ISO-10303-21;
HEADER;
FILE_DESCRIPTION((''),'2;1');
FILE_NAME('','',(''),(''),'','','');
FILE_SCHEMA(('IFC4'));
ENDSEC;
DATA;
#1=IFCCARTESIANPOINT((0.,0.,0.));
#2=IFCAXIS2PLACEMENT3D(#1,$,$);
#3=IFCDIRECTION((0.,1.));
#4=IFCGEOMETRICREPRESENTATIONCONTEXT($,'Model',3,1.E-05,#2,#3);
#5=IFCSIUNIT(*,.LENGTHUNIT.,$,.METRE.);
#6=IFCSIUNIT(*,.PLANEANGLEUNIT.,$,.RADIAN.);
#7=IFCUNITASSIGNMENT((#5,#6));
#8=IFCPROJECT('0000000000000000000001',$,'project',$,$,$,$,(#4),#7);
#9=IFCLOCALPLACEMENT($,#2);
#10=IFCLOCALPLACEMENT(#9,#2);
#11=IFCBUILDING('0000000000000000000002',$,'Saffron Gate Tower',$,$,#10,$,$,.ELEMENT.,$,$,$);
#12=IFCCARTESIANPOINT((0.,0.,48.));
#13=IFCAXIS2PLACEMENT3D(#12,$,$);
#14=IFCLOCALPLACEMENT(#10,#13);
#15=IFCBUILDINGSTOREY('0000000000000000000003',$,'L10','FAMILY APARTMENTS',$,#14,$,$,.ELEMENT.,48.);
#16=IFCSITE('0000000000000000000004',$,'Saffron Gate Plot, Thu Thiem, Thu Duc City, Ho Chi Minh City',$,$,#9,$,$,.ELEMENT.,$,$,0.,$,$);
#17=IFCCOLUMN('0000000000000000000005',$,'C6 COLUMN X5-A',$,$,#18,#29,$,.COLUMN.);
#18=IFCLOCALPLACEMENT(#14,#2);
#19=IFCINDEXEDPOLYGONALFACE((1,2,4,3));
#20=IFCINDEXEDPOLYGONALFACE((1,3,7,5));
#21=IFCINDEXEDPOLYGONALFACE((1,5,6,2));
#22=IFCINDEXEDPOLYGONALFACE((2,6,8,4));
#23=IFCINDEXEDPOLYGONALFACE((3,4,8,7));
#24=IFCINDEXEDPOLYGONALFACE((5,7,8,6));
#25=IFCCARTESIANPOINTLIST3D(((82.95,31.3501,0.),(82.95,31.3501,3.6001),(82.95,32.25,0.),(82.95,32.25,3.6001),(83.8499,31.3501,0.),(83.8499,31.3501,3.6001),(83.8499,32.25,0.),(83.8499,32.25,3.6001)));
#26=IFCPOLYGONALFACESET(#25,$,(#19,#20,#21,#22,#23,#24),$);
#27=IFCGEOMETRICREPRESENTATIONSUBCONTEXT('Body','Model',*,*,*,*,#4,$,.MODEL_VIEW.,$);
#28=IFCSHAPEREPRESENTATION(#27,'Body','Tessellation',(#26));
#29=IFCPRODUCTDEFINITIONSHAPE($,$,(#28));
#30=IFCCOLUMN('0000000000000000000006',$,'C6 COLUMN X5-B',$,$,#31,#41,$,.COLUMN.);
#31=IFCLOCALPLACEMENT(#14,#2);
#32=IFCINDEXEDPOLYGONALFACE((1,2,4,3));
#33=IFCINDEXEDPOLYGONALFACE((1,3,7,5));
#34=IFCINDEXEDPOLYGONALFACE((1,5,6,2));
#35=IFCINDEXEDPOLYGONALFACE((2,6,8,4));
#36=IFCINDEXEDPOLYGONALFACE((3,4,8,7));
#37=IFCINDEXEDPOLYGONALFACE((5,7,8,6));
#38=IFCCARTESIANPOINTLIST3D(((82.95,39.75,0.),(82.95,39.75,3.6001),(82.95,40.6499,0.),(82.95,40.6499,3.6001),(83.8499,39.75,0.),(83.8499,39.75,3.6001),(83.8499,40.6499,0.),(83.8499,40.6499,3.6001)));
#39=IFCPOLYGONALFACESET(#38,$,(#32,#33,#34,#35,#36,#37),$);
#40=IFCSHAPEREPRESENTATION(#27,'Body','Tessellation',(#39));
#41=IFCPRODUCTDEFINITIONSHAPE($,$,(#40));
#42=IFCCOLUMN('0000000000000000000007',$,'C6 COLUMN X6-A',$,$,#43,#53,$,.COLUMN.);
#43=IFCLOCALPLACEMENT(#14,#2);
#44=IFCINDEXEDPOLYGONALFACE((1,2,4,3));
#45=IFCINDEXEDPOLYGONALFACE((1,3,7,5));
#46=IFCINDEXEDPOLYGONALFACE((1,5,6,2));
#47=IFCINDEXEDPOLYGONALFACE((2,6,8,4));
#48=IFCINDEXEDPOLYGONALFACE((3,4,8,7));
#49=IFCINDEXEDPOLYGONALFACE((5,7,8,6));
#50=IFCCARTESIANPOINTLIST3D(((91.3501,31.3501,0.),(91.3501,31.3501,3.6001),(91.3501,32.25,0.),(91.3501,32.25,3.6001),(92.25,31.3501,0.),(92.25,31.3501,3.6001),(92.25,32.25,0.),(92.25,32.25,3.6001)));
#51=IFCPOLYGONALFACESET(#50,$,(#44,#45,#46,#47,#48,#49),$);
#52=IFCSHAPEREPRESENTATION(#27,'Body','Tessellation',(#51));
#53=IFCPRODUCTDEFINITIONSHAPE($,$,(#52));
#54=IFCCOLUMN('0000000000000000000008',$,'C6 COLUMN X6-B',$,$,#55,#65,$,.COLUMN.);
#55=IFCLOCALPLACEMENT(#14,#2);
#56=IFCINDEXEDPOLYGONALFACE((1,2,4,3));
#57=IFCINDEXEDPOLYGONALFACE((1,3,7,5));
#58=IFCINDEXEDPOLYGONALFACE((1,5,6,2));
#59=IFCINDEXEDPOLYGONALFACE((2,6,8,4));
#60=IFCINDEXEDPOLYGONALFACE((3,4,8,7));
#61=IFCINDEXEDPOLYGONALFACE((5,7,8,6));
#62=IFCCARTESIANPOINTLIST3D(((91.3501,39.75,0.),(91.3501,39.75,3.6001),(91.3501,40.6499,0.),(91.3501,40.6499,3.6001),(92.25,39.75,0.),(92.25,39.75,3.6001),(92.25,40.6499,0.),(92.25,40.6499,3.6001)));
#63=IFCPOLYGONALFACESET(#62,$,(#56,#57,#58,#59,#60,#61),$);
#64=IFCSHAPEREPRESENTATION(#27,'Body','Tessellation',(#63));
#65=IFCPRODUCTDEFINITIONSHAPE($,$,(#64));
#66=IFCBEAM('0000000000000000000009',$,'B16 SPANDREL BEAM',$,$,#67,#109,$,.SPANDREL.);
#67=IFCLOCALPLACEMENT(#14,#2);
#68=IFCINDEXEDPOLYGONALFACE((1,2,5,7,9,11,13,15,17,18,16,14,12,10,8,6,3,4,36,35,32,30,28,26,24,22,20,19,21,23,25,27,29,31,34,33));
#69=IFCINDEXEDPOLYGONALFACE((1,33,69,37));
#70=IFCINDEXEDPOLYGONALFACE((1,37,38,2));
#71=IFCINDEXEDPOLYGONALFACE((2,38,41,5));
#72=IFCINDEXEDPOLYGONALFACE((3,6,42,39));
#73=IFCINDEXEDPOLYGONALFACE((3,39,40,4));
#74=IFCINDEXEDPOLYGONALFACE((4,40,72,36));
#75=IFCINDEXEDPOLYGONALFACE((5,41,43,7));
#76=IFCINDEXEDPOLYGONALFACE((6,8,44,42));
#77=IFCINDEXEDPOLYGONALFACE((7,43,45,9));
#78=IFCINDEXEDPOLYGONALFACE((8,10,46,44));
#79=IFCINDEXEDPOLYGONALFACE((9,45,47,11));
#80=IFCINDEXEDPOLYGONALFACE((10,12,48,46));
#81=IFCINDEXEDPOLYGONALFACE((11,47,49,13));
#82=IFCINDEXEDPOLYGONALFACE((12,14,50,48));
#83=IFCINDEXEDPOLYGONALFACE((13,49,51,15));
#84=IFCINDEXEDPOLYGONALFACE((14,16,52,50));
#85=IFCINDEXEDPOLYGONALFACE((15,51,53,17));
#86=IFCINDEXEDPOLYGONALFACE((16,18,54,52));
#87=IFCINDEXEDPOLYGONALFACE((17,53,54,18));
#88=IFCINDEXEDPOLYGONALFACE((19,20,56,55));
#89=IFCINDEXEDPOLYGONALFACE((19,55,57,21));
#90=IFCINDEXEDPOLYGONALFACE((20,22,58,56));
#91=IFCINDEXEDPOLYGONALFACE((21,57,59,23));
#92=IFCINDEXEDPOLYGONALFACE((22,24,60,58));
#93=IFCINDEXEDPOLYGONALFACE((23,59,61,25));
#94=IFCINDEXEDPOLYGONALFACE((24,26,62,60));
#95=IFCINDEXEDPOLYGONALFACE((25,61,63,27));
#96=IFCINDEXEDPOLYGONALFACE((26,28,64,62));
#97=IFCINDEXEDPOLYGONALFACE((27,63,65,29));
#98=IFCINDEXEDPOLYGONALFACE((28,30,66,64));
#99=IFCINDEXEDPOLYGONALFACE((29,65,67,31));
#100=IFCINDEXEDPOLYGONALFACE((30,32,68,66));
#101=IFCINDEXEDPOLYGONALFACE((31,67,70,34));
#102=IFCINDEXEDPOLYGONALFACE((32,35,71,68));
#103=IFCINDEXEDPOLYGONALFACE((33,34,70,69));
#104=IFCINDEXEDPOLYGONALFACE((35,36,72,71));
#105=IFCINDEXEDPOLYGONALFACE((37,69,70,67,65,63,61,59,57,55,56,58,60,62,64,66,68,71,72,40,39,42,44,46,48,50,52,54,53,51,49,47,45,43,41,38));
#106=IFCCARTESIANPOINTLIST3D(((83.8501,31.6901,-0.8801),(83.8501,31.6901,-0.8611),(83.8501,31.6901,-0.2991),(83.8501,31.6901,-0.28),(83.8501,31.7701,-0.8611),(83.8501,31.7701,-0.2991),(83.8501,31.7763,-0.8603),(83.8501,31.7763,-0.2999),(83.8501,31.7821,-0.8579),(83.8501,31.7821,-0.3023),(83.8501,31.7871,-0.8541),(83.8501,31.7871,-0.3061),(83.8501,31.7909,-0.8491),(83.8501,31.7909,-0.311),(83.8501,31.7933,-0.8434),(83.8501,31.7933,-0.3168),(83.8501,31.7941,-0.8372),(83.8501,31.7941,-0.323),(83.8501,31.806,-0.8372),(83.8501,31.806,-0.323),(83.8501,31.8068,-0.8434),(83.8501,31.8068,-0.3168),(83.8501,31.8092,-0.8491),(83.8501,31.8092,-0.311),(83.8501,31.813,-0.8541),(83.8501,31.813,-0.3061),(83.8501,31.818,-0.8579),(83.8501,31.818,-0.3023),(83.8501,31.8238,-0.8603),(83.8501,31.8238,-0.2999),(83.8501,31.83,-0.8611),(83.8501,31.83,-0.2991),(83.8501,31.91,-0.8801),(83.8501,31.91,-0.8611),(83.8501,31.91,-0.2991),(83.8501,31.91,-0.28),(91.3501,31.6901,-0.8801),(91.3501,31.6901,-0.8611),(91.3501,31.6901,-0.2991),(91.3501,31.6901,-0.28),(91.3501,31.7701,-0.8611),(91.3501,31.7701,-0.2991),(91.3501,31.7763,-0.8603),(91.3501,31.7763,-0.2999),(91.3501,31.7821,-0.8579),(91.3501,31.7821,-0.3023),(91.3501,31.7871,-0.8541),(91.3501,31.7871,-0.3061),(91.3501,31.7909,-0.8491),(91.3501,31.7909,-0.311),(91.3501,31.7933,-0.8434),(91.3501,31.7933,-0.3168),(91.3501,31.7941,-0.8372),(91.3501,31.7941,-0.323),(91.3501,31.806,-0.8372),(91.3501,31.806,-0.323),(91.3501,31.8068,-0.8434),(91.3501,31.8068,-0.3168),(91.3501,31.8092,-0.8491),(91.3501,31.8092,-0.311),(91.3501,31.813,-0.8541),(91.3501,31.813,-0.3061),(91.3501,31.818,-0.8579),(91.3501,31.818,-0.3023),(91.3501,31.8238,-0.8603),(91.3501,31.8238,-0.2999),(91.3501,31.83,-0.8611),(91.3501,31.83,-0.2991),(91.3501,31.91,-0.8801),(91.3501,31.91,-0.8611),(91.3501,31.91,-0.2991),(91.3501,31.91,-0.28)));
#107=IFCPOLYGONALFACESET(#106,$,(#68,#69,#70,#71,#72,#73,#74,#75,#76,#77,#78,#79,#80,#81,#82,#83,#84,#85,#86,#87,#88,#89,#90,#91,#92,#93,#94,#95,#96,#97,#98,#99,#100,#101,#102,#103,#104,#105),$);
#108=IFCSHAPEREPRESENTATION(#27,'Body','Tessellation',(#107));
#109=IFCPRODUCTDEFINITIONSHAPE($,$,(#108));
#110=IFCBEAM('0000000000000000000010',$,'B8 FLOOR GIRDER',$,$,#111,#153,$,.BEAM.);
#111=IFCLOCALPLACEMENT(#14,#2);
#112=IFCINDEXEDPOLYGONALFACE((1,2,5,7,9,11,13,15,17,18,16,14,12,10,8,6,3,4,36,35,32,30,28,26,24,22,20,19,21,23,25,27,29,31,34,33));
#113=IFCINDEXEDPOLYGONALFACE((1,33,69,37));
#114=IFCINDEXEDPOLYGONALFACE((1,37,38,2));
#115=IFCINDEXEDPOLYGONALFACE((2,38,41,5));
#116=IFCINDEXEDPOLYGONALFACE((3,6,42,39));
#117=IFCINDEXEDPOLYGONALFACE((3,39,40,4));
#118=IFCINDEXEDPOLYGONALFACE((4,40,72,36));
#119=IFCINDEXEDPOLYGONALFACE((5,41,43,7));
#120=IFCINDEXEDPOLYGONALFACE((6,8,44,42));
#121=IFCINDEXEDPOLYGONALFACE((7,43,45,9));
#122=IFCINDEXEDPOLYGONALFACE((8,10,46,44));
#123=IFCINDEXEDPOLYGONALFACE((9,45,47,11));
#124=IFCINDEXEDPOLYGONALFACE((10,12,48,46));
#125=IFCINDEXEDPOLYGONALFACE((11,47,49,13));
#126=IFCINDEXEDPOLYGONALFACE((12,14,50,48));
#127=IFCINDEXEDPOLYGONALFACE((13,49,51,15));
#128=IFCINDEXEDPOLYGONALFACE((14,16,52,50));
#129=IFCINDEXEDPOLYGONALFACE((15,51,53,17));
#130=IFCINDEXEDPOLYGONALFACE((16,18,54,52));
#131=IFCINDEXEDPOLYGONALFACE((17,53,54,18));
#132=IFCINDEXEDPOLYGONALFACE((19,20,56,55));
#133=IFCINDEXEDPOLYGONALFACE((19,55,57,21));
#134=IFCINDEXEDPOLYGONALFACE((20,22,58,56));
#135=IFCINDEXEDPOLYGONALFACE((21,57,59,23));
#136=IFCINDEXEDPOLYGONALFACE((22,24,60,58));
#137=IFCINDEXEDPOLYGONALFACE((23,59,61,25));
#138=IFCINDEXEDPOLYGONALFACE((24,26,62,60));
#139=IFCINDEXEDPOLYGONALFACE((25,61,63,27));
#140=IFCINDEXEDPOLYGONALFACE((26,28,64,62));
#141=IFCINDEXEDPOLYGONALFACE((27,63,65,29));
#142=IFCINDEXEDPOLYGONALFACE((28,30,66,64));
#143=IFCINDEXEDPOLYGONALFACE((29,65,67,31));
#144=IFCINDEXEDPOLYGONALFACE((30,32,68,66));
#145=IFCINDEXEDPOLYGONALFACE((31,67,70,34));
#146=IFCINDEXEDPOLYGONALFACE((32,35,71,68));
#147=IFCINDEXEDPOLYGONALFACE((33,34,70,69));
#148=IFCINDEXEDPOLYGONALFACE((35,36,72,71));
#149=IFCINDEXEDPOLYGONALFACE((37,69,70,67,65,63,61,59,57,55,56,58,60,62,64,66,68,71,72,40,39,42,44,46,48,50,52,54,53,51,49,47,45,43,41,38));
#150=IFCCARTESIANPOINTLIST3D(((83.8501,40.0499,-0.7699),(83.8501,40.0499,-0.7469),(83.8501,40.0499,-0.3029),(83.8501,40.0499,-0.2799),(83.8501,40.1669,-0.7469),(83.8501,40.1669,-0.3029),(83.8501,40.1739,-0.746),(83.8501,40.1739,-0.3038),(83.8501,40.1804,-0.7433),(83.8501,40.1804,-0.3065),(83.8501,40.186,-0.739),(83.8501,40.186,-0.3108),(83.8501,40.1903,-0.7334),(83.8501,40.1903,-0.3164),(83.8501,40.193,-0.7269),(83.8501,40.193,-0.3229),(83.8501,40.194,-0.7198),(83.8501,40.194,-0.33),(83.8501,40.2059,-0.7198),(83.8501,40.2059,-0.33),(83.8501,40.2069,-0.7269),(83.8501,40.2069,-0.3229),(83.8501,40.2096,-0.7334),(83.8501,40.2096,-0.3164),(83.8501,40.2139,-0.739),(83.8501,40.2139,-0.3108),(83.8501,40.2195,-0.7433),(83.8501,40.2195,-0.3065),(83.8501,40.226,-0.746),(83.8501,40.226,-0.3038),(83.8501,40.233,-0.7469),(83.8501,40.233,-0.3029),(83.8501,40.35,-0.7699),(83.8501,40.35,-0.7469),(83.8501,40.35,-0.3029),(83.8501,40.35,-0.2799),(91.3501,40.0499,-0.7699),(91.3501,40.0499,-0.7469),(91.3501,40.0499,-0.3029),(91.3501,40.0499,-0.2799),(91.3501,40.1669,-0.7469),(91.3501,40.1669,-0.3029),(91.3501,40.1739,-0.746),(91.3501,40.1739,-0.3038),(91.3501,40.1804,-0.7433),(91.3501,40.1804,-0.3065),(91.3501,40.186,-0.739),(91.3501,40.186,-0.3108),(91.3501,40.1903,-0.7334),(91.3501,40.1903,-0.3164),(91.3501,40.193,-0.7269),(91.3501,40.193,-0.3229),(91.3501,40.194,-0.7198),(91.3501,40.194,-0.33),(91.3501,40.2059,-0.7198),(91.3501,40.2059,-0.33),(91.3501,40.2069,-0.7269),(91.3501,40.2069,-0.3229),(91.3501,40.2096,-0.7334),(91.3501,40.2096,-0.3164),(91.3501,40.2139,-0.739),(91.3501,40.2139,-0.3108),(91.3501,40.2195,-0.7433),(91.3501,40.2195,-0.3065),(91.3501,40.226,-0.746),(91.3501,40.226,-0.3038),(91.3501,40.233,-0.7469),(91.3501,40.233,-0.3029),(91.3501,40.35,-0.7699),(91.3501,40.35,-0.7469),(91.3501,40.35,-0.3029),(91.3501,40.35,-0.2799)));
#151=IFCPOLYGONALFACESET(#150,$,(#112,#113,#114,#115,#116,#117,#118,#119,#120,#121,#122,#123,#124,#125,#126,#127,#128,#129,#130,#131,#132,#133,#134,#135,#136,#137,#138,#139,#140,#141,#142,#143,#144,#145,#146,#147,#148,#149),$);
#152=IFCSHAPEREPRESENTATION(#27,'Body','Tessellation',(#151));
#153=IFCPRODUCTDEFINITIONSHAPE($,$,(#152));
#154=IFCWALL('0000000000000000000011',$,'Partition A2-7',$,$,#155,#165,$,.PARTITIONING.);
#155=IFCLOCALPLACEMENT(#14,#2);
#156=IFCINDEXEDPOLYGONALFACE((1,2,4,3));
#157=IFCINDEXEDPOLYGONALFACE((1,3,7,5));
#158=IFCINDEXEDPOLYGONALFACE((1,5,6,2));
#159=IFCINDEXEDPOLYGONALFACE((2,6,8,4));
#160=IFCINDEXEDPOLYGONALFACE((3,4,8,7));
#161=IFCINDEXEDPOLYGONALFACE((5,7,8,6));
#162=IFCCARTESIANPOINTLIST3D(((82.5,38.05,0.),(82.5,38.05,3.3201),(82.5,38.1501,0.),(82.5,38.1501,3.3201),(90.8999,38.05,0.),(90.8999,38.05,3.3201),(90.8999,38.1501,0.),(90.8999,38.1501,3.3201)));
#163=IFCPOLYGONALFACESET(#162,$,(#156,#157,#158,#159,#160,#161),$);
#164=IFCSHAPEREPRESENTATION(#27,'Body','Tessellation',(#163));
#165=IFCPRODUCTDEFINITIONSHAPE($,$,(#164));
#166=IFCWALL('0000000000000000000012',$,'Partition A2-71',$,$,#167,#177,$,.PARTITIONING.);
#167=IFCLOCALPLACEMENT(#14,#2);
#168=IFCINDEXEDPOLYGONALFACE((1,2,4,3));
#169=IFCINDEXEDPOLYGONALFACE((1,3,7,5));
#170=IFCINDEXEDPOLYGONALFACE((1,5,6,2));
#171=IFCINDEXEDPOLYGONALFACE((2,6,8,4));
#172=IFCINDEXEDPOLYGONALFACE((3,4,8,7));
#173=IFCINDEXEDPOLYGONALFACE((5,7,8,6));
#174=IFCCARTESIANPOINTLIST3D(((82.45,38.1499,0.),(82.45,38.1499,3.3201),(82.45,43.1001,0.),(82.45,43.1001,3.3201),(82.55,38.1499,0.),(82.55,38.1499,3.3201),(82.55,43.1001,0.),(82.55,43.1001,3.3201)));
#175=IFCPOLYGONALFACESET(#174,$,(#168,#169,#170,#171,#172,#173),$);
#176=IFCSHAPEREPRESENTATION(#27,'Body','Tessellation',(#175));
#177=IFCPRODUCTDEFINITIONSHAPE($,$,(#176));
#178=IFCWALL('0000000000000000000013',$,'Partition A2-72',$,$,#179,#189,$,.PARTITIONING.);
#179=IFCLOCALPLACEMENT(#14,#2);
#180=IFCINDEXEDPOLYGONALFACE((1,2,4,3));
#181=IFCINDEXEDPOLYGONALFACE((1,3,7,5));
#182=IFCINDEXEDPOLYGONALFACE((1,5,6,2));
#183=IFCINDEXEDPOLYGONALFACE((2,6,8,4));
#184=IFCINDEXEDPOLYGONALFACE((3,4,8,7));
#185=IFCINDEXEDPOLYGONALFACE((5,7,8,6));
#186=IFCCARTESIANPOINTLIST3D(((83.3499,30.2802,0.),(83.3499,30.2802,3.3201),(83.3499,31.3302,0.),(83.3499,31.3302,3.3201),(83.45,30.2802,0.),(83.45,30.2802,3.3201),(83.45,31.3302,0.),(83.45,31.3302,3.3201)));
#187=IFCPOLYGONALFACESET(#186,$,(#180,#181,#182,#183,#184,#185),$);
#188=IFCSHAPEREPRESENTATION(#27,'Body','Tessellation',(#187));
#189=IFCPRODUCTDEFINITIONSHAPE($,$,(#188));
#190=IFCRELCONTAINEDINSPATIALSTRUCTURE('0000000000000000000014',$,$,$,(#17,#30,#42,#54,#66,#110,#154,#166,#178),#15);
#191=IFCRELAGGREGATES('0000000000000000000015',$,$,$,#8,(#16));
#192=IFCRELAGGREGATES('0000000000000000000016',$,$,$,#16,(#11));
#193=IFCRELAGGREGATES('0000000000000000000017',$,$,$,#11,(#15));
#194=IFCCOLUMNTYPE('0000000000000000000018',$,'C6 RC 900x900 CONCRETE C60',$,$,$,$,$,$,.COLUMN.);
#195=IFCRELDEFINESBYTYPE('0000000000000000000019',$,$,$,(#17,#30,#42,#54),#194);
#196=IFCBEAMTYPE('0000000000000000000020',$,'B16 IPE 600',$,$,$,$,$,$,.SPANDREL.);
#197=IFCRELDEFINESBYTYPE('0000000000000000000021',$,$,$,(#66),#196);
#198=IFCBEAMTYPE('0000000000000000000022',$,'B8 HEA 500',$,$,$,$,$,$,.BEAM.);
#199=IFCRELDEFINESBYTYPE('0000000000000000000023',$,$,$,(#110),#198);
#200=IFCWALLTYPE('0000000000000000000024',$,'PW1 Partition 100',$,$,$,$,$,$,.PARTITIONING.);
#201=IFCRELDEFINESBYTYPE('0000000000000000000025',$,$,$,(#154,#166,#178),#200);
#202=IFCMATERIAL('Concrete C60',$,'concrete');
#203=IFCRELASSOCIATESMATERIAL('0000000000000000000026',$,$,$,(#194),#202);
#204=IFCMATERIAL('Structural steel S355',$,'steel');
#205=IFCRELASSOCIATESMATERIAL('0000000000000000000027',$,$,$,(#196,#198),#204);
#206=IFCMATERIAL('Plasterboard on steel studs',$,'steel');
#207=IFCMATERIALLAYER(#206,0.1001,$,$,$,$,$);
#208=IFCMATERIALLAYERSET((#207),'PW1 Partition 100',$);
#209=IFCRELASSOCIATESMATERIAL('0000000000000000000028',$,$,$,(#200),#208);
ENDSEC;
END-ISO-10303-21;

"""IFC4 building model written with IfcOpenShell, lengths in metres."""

from ifc_helpers import new_model, si_unit, direction, frame, frame_2d, origin, origin_2d, place, context, subcontext, project, spatial, rectangle, i_section, extrude, material, layer, layer_set, material_profile, profile_set, type_object, element, save


model = new_model("IFC4")

# Units and contexts
model_context = context("Model", 3, precision=1e-05, world=origin(), true_north=direction((0.0, 1.0)))
body_context = subcontext(model_context, "Body", "Model", "MODEL_VIEW")
ifc_project = project(units=[si_unit("LENGTHUNIT", "METRE"), si_unit("PLANEANGLEUNIT", "RADIAN")], contexts=[model_context])

# Site, building, storey
site_placement = place(None, origin())
site = spatial("IfcSite", under=ifc_project, at=site_placement, Name="Saffron Gate Plot, Thu Thiem, Thu Duc City, Ho Chi Minh City", CompositionType="ELEMENT", RefElevation=0.0)
building_placement = place(site_placement, origin())
building = spatial("IfcBuilding", under=site, at=building_placement, Name="Saffron Gate Tower", CompositionType="ELEMENT")
storey_placement = place(building_placement, frame((0.0, 0.0, 48.0)))
storey = spatial("IfcBuildingStorey", under=building, at=storey_placement, Name="L10", Description="FAMILY APARTMENTS", CompositionType="ELEMENT", Elevation=48.0)

# Columns
ifc_material_1 = material(Name="Concrete C60", Category="concrete")
ifc_material_profile_1 = material_profile(ifc_material_1, rectangle(XDim=0.8999, YDim=0.8999, at=origin_2d()))
ifc_profile_set_1 = profile_set([ifc_material_profile_1], Name="Concrete C60")
column_type = type_object("IfcColumnType", Name="C6 RC 900x900 CONCRETE C60", PredefinedType="COLUMN", material=ifc_profile_set_1)
for number, where, z_axis, x_axis, name in (
    (1, (83.3999, 31.8, 0.0), (0.0, 0.0, 1.0), (1.0, 0.0, 0.0), "C6 COLUMN X5-A"),
    (2, (83.3999, 40.2, 0.0), (0.0, 0.0, 1.0), (1.0, 0.0, 0.0), "C6 COLUMN X5-B"),
    (3, (91.8, 31.8, 0.0), (0.0, 0.0, 1.0), (1.0, 0.0, 0.0), "C6 COLUMN X6-A"),
    (4, (91.8, 40.2, 0.0), (0.0, 0.0, 1.0), (1.0, 0.0, 0.0), "C6 COLUMN X6-B"),
):
    element("IfcColumn", number, at=place(storey_placement, frame(where, z_axis=z_axis, x_axis=x_axis)), inside=storey, type_object=column_type, Name=name, PredefinedType="COLUMN", context=body_context, shape_type="SweptSolid", body=[
        extrude(rectangle(XDim=0.8999, YDim=0.8999, at=origin_2d()), origin(), (0.0, 0.0, 1.0), 3.6001),
    ])

# Beams
ifc_material_2 = material(Name="Structural steel S355", Category="steel")
ifc_material_profile_2 = material_profile(ifc_material_2, i_section(OverallWidth=0.22, OverallDepth=0.6001, WebThickness=0.012, FlangeThickness=0.019, FilletRadius=0.0239, at=origin_2d()))
ifc_profile_set_2 = profile_set([ifc_material_profile_2], Name="Structural steel S355")
beam_type_1 = type_object("IfcBeamType", Name="B16 IPE 600", PredefinedType="SPANDREL", material=ifc_profile_set_2)
beam_1_placement = place(storey_placement, frame((83.8501, 31.8, -0.5801), z_axis=(1.0, 0.0, 0.0), x_axis=(0.0, 1.0, 0.0)))
element("IfcBeam", 5, at=beam_1_placement, inside=storey, type_object=beam_type_1, Name="B16 SPANDREL BEAM", PredefinedType="SPANDREL", context=body_context, shape_type="SweptSolid", body=[
    extrude(i_section(OverallWidth=0.22, OverallDepth=0.6001, WebThickness=0.012, FlangeThickness=0.019, FilletRadius=0.0239, at=origin_2d()), origin(), (0.0, 0.0, 1.0), 7.5),
])
ifc_material_profile_3 = material_profile(ifc_material_2, i_section(OverallWidth=0.3, OverallDepth=0.49, WebThickness=0.012, FlangeThickness=0.0229, FilletRadius=0.0271, at=origin_2d()))
ifc_profile_set_3 = profile_set([ifc_material_profile_3], Name="Structural steel S355")
beam_type_2 = type_object("IfcBeamType", Name="B8 HEA 500", PredefinedType="BEAM", material=ifc_profile_set_3)
beam_2_placement = place(storey_placement, frame((83.8501, 40.2, -0.5249), z_axis=(1.0, 0.0, 0.0), x_axis=(0.0, 1.0, 0.0)))
element("IfcBeam", 6, at=beam_2_placement, inside=storey, type_object=beam_type_2, Name="B8 FLOOR GIRDER", PredefinedType="BEAM", context=body_context, shape_type="SweptSolid", body=[
    extrude(i_section(OverallWidth=0.3, OverallDepth=0.49, WebThickness=0.012, FlangeThickness=0.0229, FilletRadius=0.0271, at=origin_2d()), origin(), (0.0, 0.0, 1.0), 7.5),
])

# Walls
ifc_material_3 = material(Name="Plasterboard on steel studs", Category="steel")
ifc_layer = layer(ifc_material_3, 0.1001)
ifc_layer_set = layer_set([ifc_layer], Name="PW1 Partition 100")
wall_type = type_object("IfcWallType", Name="PW1 Partition 100", PredefinedType="PARTITIONING", material=ifc_layer_set)
wall_1_placement = place(storey_placement, frame((82.5, 38.1001, 0.0), z_axis=(0.0, 0.0, 1.0), x_axis=(1.0, 0.0, 0.0)))
element("IfcWall", 7, at=wall_1_placement, inside=storey, type_object=wall_type, Name="Partition A2-7", PredefinedType="PARTITIONING", context=body_context, shape_type="SweptSolid", body=[
    extrude(rectangle(XDim=8.3999, YDim=0.1001, at=frame_2d((4.2, 0.0))), origin(), (0.0, 0.0, 1.0), 3.3201),
])
wall_2_placement = place(storey_placement, frame((82.5, 43.1001, 0.0), z_axis=(0.0, 0.0, 1.0), x_axis=(0.0, -1.0, 0.0)))
element("IfcWall", 8, at=wall_2_placement, inside=storey, type_object=wall_type, Name="Partition A2-71", PredefinedType="PARTITIONING", context=body_context, shape_type="SweptSolid", body=[
    extrude(rectangle(XDim=4.9502, YDim=0.1001, at=frame_2d((2.4751, 0.0))), origin(), (0.0, 0.0, 1.0), 3.3201),
])
wall_3_placement = place(storey_placement, frame((83.3999, 31.3301, 0.0), z_axis=(0.0, 0.0, 1.0), x_axis=(0.0, -1.0, 0.0)))
element("IfcWall", 9, at=wall_3_placement, inside=storey, type_object=wall_type, Name="Partition A2-72", PredefinedType="PARTITIONING", context=body_context, shape_type="SweptSolid", body=[
    extrude(rectangle(XDim=1.05, YDim=0.1001, at=frame_2d((0.5249, 0.0))), origin(), (0.0, 0.0, 1.0), 3.3201),
])

save(model, "model.ifc")
